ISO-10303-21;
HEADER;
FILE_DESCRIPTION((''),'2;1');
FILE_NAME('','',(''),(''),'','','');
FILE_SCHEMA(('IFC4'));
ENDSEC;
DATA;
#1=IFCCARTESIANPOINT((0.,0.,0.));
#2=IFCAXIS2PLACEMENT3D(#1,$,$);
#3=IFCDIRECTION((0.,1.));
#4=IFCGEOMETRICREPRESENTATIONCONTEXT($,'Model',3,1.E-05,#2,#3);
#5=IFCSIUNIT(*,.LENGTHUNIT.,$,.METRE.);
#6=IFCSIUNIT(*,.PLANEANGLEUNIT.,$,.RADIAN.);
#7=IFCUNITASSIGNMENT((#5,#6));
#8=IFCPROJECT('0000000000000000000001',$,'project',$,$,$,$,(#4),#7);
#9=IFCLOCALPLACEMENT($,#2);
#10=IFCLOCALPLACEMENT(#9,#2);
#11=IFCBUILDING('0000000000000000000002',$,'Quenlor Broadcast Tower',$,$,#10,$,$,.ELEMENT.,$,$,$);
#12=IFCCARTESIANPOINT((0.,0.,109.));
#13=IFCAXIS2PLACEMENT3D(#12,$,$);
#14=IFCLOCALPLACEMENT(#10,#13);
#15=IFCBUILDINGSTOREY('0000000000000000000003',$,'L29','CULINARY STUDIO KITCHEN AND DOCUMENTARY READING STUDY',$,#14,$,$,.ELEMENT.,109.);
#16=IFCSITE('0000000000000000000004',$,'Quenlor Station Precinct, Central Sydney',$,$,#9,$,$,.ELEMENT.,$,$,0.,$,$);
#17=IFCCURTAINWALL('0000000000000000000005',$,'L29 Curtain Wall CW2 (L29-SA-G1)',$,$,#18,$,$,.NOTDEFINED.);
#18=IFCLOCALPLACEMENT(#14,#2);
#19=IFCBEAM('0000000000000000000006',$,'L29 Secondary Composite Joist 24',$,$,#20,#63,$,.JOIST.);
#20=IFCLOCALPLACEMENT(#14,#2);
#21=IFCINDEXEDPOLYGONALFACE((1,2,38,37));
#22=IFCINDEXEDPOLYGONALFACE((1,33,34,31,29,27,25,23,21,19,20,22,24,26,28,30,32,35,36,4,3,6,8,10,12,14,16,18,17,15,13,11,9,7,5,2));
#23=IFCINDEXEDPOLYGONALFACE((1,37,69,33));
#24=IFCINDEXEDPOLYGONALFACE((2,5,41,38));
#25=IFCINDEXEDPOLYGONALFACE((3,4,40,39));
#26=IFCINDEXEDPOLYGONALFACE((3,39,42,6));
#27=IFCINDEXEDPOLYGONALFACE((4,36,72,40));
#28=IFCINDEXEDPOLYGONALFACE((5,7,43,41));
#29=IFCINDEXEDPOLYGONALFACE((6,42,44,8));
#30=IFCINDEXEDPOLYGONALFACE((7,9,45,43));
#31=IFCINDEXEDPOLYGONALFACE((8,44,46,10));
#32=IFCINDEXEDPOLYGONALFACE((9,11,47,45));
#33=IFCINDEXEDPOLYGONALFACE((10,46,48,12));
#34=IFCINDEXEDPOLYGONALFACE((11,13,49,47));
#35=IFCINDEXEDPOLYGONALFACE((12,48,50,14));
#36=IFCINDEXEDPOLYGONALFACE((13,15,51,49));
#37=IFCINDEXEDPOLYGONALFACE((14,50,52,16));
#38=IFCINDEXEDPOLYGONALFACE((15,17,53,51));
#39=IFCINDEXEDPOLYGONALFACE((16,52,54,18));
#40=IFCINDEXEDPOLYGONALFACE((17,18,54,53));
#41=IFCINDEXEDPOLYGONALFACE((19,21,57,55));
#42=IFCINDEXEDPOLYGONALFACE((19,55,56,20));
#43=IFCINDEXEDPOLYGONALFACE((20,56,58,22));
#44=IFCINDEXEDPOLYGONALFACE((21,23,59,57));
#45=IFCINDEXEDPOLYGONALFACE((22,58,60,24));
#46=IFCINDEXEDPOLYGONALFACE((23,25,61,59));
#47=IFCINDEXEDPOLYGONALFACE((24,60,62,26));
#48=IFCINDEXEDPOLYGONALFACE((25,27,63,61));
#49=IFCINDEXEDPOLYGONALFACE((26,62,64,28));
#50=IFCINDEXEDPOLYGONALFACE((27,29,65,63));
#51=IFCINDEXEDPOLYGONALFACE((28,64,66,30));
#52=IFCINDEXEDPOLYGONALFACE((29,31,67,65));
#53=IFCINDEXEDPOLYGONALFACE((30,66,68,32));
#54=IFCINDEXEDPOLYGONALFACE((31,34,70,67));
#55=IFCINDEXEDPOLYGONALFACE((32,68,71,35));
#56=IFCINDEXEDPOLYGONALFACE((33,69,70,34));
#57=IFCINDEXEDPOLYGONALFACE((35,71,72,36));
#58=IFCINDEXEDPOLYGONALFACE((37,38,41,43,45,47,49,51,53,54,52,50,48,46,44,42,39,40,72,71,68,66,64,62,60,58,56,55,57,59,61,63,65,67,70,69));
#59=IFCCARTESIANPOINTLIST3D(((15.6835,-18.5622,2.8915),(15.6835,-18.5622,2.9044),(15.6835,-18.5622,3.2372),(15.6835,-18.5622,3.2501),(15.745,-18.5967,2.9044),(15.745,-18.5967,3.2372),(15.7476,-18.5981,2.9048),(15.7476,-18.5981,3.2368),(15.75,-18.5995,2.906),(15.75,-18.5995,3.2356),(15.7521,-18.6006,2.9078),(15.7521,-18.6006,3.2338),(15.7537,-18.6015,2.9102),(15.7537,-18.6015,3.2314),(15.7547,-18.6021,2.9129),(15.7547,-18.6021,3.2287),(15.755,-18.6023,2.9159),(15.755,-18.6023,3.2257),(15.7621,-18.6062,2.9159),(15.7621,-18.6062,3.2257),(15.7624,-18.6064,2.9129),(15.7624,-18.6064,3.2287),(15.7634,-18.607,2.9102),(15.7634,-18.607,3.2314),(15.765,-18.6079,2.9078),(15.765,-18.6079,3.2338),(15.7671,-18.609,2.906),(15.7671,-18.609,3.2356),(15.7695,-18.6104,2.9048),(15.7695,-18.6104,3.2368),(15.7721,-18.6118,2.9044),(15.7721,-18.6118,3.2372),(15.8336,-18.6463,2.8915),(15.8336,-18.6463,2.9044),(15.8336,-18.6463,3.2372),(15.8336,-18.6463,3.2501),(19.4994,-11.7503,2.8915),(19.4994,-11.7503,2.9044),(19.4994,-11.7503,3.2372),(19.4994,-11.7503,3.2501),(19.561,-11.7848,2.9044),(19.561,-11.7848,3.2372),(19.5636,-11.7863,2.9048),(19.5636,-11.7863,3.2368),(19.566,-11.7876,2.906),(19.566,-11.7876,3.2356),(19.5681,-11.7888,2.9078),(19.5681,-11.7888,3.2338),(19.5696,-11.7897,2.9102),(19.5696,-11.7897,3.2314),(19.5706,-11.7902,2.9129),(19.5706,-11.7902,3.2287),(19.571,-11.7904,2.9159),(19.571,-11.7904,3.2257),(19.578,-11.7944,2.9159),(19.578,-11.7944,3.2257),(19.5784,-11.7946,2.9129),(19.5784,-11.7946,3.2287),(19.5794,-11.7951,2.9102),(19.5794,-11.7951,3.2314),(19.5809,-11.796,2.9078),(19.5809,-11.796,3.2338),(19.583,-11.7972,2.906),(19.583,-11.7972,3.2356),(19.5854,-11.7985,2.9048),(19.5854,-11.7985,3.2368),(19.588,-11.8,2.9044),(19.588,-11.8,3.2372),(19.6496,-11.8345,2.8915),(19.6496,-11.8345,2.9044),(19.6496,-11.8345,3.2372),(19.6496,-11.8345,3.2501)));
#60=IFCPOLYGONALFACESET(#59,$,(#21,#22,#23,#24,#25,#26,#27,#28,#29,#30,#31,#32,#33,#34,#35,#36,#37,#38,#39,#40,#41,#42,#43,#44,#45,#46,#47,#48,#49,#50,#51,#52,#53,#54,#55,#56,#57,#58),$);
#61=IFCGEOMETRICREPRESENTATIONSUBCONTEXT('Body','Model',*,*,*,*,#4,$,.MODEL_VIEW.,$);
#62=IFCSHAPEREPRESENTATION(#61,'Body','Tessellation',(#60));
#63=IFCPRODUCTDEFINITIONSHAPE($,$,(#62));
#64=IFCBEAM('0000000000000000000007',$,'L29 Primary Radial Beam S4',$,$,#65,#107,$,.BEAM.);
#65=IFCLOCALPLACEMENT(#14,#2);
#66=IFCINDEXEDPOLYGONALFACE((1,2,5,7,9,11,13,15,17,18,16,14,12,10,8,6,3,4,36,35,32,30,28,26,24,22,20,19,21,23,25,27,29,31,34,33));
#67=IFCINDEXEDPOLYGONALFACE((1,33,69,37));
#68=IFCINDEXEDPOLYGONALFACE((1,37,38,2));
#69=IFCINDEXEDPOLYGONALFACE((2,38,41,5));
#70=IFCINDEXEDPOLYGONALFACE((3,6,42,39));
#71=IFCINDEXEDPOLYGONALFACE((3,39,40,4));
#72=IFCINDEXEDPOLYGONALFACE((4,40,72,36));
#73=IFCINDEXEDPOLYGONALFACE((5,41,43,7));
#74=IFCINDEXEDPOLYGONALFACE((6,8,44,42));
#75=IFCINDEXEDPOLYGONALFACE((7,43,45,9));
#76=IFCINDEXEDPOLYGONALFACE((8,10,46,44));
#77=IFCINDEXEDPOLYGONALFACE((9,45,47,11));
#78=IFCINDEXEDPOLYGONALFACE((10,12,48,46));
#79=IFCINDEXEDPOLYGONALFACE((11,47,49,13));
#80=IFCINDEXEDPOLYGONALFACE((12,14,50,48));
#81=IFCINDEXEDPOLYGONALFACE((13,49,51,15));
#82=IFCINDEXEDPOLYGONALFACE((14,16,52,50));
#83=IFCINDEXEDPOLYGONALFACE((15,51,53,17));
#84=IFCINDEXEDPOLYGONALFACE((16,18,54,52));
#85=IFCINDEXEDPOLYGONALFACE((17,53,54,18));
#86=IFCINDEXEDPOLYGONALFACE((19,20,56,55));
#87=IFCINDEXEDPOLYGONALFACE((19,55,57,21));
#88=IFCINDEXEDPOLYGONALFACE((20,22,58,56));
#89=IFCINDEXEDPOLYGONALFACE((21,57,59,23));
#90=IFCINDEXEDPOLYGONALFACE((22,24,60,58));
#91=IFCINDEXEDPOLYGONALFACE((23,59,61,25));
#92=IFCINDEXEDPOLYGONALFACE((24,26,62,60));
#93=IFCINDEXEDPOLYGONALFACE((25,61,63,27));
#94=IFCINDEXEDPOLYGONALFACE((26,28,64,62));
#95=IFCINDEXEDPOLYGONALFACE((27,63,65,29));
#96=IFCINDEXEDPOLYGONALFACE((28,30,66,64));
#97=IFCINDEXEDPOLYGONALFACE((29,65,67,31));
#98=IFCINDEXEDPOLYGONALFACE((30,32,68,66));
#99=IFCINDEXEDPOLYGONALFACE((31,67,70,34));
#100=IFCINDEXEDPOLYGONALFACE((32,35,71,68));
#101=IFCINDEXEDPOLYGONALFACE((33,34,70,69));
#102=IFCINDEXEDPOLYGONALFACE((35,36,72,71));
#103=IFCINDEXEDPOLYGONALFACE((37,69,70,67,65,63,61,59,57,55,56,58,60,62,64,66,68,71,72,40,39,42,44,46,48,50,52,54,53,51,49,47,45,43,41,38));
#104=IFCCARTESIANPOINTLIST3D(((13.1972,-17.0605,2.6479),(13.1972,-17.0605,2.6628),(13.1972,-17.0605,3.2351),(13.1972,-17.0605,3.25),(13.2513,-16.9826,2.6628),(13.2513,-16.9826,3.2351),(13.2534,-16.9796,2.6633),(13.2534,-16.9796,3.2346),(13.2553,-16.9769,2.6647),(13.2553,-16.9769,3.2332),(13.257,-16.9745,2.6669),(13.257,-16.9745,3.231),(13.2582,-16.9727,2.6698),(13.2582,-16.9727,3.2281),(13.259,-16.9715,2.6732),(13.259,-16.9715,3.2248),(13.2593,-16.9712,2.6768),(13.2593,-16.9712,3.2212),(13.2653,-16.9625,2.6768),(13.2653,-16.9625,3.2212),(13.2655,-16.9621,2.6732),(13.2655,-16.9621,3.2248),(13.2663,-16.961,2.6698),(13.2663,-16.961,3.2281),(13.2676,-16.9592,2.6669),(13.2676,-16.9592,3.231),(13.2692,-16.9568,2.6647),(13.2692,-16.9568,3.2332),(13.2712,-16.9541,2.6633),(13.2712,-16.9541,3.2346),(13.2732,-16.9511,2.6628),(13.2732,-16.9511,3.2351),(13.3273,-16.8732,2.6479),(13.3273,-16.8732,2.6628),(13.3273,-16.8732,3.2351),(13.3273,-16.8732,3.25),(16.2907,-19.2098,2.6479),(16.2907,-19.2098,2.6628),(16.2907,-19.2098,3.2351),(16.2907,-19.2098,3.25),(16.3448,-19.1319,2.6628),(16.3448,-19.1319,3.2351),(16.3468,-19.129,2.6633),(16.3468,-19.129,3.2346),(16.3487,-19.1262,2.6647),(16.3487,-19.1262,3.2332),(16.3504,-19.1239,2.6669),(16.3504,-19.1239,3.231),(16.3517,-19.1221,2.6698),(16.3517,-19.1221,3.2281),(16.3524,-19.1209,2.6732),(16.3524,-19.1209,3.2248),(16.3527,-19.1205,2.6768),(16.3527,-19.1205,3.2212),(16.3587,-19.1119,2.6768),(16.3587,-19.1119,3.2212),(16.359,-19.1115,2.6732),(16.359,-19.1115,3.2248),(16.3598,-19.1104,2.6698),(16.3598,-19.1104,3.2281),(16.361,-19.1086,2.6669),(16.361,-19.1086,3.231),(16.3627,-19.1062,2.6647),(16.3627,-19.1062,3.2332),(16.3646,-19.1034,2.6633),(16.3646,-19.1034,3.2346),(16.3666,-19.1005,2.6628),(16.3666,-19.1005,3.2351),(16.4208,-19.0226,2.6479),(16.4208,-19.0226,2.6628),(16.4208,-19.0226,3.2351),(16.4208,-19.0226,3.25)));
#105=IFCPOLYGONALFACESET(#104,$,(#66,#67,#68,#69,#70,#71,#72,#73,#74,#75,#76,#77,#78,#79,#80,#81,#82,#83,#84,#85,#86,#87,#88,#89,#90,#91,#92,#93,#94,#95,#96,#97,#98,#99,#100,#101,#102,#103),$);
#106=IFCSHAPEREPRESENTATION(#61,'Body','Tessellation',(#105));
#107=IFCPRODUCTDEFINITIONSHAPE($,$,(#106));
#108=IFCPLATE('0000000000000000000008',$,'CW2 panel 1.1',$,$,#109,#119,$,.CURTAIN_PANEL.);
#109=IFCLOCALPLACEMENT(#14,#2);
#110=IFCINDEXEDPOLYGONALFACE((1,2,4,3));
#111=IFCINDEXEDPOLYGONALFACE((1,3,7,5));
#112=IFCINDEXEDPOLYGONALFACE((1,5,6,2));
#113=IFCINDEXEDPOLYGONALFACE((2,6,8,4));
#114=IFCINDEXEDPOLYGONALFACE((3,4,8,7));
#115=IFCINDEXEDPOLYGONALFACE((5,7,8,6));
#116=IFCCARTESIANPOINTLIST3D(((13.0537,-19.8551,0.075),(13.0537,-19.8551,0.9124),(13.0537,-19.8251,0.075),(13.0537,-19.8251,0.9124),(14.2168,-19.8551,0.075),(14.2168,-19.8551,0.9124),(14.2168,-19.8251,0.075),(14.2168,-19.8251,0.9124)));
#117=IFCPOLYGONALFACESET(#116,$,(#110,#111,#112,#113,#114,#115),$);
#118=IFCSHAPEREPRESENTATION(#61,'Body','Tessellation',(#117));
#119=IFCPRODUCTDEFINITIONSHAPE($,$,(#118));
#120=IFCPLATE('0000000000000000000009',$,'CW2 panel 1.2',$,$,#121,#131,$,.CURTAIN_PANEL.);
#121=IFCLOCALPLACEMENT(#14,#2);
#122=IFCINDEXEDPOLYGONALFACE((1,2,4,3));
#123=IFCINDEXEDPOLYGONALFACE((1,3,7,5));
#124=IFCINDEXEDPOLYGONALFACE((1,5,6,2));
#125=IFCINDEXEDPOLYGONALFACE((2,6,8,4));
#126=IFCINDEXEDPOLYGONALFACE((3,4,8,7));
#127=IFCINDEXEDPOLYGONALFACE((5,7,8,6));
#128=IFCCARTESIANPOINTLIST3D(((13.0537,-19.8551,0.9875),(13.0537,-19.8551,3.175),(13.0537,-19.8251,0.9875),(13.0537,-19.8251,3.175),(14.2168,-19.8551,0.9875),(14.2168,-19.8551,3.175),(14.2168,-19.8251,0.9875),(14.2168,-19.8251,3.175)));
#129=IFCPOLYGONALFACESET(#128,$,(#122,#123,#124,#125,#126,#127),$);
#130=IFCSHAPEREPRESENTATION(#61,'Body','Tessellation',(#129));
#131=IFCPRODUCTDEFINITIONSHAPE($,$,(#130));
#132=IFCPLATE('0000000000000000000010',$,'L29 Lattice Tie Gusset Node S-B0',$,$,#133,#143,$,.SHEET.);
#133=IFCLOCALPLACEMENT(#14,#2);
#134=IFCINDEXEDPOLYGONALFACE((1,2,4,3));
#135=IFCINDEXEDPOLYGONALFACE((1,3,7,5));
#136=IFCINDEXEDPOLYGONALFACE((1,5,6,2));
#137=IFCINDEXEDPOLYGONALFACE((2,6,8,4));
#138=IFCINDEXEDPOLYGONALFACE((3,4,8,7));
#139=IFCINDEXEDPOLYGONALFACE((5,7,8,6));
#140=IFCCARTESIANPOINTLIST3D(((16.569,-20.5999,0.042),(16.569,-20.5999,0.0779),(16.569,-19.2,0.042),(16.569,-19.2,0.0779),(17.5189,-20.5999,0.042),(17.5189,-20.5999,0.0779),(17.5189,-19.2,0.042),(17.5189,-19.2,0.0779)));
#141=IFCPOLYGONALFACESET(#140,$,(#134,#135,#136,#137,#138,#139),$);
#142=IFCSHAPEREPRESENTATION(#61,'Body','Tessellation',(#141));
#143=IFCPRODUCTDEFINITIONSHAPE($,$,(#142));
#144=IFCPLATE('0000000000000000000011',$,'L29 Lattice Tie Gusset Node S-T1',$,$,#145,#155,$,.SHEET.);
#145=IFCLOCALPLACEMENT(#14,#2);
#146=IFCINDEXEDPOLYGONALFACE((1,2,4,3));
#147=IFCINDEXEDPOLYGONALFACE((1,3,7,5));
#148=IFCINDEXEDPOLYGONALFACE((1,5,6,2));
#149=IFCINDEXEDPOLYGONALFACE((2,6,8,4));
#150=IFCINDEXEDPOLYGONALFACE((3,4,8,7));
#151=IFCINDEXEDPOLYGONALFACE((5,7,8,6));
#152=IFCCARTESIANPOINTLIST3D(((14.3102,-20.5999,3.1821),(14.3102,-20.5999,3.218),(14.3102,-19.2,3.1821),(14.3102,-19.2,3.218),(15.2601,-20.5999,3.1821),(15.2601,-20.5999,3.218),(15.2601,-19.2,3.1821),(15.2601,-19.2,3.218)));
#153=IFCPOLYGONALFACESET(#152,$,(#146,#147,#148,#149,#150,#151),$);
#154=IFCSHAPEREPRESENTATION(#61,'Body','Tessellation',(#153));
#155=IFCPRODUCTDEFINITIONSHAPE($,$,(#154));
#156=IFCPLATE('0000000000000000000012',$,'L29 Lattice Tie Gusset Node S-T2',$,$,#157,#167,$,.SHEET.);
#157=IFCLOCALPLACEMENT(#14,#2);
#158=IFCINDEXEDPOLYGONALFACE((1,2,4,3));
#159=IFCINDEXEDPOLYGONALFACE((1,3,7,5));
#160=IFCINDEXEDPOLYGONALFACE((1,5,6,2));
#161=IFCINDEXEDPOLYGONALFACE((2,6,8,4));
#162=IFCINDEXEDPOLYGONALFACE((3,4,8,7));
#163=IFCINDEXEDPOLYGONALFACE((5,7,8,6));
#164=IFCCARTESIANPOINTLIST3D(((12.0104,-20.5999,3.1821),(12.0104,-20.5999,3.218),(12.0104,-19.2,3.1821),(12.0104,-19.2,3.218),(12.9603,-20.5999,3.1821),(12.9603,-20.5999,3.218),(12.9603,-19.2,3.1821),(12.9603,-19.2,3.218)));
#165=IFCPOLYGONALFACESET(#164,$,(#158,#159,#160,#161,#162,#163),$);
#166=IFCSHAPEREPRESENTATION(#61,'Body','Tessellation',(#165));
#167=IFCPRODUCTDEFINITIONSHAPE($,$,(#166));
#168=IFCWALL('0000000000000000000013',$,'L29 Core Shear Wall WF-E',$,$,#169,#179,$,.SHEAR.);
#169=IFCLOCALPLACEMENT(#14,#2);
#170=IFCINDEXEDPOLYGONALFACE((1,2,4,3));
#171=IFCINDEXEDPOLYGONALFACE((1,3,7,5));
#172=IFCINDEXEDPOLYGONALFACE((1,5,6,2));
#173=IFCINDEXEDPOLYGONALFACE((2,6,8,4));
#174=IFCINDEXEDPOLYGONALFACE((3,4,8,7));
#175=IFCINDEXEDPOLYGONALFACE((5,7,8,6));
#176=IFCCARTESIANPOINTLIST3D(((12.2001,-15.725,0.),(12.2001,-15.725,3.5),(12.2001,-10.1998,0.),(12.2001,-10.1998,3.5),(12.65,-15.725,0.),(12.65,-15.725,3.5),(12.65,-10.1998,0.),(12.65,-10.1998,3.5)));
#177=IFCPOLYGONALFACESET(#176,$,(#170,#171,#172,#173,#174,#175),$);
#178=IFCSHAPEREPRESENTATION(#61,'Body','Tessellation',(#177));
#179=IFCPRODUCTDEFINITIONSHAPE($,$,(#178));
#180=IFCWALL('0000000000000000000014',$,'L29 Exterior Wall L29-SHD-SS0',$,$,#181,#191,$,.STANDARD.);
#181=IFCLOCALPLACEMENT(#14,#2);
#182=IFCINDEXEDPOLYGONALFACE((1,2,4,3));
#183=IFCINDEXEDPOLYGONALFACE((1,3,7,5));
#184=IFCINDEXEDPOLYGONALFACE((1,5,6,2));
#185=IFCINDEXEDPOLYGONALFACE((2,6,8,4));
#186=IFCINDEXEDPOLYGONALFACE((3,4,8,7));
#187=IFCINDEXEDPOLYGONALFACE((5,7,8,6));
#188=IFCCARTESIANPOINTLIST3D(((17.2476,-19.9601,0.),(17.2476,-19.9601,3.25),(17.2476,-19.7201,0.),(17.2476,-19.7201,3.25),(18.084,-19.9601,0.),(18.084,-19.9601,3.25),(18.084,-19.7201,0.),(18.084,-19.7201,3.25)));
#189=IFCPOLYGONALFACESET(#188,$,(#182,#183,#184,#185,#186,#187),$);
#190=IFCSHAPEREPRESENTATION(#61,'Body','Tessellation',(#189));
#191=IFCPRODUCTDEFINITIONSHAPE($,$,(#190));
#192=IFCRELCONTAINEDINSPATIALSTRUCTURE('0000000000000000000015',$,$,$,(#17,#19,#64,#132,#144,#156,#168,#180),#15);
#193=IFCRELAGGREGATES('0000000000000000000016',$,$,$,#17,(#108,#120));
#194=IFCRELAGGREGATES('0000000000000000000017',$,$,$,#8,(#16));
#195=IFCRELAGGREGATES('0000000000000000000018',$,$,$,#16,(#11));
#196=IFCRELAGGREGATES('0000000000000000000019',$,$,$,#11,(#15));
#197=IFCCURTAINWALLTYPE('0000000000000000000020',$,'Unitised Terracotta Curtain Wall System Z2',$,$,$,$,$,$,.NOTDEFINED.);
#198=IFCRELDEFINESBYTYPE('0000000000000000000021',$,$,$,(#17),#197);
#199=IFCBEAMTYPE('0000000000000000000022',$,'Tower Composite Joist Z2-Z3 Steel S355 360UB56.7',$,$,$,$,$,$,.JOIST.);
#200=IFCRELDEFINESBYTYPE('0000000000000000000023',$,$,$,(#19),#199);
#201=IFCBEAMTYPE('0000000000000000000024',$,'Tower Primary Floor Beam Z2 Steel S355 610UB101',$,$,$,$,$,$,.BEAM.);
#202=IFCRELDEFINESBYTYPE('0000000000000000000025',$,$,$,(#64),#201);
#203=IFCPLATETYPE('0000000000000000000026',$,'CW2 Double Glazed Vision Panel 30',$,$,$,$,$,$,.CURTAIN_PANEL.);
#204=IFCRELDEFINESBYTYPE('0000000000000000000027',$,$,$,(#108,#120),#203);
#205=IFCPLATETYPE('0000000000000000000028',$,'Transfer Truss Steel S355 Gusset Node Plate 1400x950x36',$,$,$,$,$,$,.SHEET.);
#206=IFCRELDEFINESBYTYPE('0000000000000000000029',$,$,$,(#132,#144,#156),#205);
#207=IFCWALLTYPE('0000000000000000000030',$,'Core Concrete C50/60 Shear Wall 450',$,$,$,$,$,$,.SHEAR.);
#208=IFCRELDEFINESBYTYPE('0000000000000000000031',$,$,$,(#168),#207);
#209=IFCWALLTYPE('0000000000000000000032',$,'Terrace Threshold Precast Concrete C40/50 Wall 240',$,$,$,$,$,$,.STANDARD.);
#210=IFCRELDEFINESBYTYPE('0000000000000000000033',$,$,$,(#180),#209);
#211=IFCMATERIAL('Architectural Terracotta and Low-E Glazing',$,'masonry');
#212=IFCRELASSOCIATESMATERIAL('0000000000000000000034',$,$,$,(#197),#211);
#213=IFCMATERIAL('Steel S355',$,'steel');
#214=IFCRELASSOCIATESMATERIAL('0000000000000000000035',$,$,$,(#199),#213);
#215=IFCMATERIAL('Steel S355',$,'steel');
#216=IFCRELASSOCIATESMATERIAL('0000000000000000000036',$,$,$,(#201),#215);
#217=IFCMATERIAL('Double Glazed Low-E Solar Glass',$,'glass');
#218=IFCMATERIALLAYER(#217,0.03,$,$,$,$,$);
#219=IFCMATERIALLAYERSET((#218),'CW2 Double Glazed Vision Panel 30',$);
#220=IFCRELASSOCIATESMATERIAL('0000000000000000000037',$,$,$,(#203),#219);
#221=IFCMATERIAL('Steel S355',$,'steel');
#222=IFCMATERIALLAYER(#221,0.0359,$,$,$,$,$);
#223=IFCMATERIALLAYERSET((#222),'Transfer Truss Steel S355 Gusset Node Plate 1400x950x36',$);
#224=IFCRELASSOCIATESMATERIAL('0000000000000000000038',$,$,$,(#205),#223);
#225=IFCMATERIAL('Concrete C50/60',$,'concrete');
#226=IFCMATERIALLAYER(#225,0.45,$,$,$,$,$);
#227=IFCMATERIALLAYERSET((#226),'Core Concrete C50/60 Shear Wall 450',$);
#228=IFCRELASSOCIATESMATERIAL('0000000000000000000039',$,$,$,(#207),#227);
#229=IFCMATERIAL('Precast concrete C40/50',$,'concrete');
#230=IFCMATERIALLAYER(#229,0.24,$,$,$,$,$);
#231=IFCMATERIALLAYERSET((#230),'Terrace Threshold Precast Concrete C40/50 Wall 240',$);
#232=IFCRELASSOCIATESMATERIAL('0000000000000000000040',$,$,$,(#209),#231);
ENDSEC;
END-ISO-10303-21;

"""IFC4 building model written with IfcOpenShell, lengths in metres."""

from ifc_helpers import new_model, si_unit, direction, frame, frame_2d, origin, origin_2d, place, context, subcontext, project, spatial, rectangle, i_section, extrude, material, layer, layer_set, material_profile, profile_set, type_object, element, aggregate, save


model = new_model("IFC4")

# Units and contexts
model_context = context("Model", 3, precision=1e-05, world=origin(), true_north=direction((0.0, 1.0)))
body_context = subcontext(model_context, "Body", "Model", "MODEL_VIEW")
ifc_project = project(units=[si_unit("LENGTHUNIT", "METRE"), si_unit("PLANEANGLEUNIT", "RADIAN")], contexts=[model_context])

# Site, building, storey
site_placement = place(None, origin())
site = spatial("IfcSite", under=ifc_project, at=site_placement, Name="Quenlor Station Precinct, Central Sydney", CompositionType="ELEMENT", RefElevation=0.0)
building_placement = place(site_placement, origin())
building = spatial("IfcBuilding", under=site, at=building_placement, Name="Quenlor Broadcast Tower", CompositionType="ELEMENT")
storey_placement = place(building_placement, frame((0.0, 0.0, 109.0)))
storey = spatial("IfcBuildingStorey", under=building, at=storey_placement, Name="L29", Description="CULINARY STUDIO KITCHEN AND DOCUMENTARY READING STUDY", CompositionType="ELEMENT", Elevation=109.0)

# Curtain wall
ifc_material_1 = material(Name="Architectural Terracotta and Low-E Glazing", Category="masonry")
curtain_wall_type = type_object("IfcCurtainWallType", Name="Unitised Terracotta Curtain Wall System Z2", PredefinedType="NOTDEFINED", material=ifc_material_1)
curtain_wall_placement = place(storey_placement, origin())
curtain_wall = element("IfcCurtainWall", 1, at=curtain_wall_placement, inside=storey, type_object=curtain_wall_type, Name="L29 Curtain Wall CW2 (L29-SA-G1)", PredefinedType="NOTDEFINED")

# Beams
ifc_material_2 = material(Name="Steel S355", Category="steel")
ifc_material_profile_1 = material_profile(ifc_material_2, i_section(OverallWidth=0.1721, OverallDepth=0.3586, WebThickness=0.0081, FlangeThickness=0.0129, FilletRadius=0.0115, at=origin_2d()))
ifc_profile_set_1 = profile_set([ifc_material_profile_1], Name="Steel S355 360UB56.7")
beam_type_1 = type_object("IfcBeamType", Name="Tower Composite Joist Z2-Z3 Steel S355 360UB56.7", PredefinedType="JOIST", material=ifc_profile_set_1)
beam_1_placement = place(storey_placement, frame((15.7585, -18.6042, 3.0708), z_axis=(0.488733, 0.872433, 0.0), x_axis=(-0.872433, 0.488733, 0.0)))
element("IfcBeam", 2, at=beam_1_placement, inside=storey, type_object=beam_type_1, Name="L29 Secondary Composite Joist 24", PredefinedType="JOIST", context=body_context, shape_type="SweptSolid", body=[
    extrude(i_section(OverallWidth=0.1721, OverallDepth=0.3586, WebThickness=0.0081, FlangeThickness=0.0129, FilletRadius=0.0115, at=origin_2d()), origin(), (0.0, 0.0, 1.0), 7.8079),
])
ifc_material_3 = material(Name="Steel S355", Category="steel")
ifc_material_profile_2 = material_profile(ifc_material_3, i_section(OverallWidth=0.228, OverallDepth=0.6021, WebThickness=0.0105, FlangeThickness=0.0149, FilletRadius=0.0139, at=origin_2d()))
ifc_profile_set_2 = profile_set([ifc_material_profile_2], Name="Steel S355 610UB101")
beam_type_2 = type_object("IfcBeamType", Name="Tower Primary Floor Beam Z2 Steel S355 610UB101", PredefinedType="BEAM", material=ifc_profile_set_2)
beam_2_placement = place(storey_placement, frame((16.3557, -19.1162, 2.949), z_axis=(-0.821227, 0.570601, 0.0), x_axis=(-0.570601, -0.821227, 0.0)))
element("IfcBeam", 3, at=beam_2_placement, inside=storey, type_object=beam_type_2, Name="L29 Primary Radial Beam S4", PredefinedType="BEAM", context=body_context, shape_type="SweptSolid", body=[
    extrude(i_section(OverallWidth=0.228, OverallDepth=0.6021, WebThickness=0.0105, FlangeThickness=0.0149, FilletRadius=0.0139, at=origin_2d()), origin(), (0.0, 0.0, 1.0), 3.7668),
])

# Plates
ifc_material_4 = material(Name="Double Glazed Low-E Solar Glass", Category="glass")
ifc_layer_1 = layer(ifc_material_4, 0.03)
ifc_layer_set_1 = layer_set([ifc_layer_1], Name="CW2 Double Glazed Vision Panel 30")
plate_type_1 = type_object("IfcPlateType", Name="CW2 Double Glazed Vision Panel 30", PredefinedType="CURTAIN_PANEL", material=ifc_layer_set_1)
plate_1_placement = place(storey_placement, frame((13.6353, -19.8401, 0.075), z_axis=(0.0, 0.0, 1.0), x_axis=(-1.0, 0.0, 0.0)))
plate_1 = element("IfcPlate", 4, at=plate_1_placement, type_object=plate_type_1, Name="CW2 panel 1.1", PredefinedType="CURTAIN_PANEL", context=body_context, shape_type="SweptSolid", body=[
    extrude(rectangle(XDim=1.1631, YDim=0.03, at=origin_2d()), origin(), (0.0, 0.0, 1.0), 0.8374),
])
plate_2_placement = place(storey_placement, frame((13.6353, -19.8401, 0.9875), z_axis=(0.0, 0.0, 1.0), x_axis=(-1.0, 0.0, 0.0)))
plate_2 = element("IfcPlate", 5, at=plate_2_placement, type_object=plate_type_1, Name="CW2 panel 1.2", PredefinedType="CURTAIN_PANEL", context=body_context, shape_type="SweptSolid", body=[
    extrude(rectangle(XDim=1.1631, YDim=0.03, at=origin_2d()), origin(), (0.0, 0.0, 1.0), 2.1875),
])
aggregate(curtain_wall, [plate_1, plate_2])

# Plates
ifc_material_5 = material(Name="Steel S355", Category="steel")
ifc_layer_2 = layer(ifc_material_5, 0.0359)
ifc_layer_set_2 = layer_set([ifc_layer_2], Name="Transfer Truss Steel S355 Gusset Node Plate 1400x950x36")
plate_type_2 = type_object("IfcPlateType", Name="Transfer Truss Steel S355 Gusset Node Plate 1400x950x36", PredefinedType="SHEET", material=ifc_layer_set_2)
for number, where, z_axis, x_axis, name in (
    (6, (17.0439, -19.8999, 0.042), (0.0, 0.0, 1.0), (0.0, -1.0, 0.0), "L29 Lattice Tie Gusset Node S-B0"),
    (7, (14.7852, -19.8999, 3.1821), (0.0, 0.0, 1.0), (0.0, -1.0, 0.0), "L29 Lattice Tie Gusset Node S-T1"),
    (8, (12.4854, -19.8999, 3.1821), (0.0, 0.0, 1.0), (0.0, -1.0, 0.0), "L29 Lattice Tie Gusset Node S-T2"),
):
    element("IfcPlate", number, at=place(storey_placement, frame(where, z_axis=z_axis, x_axis=x_axis)), inside=storey, type_object=plate_type_2, Name=name, PredefinedType="SHEET", context=body_context, shape_type="SweptSolid", body=[
        extrude(rectangle(XDim=1.3999, YDim=0.95, at=origin_2d()), origin(), (0.0, 0.0, 1.0), 0.0359),
    ])

# Walls
ifc_material_6 = material(Name="Concrete C50/60", Category="concrete")
ifc_layer_3 = layer(ifc_material_6, 0.45)
ifc_layer_set_3 = layer_set([ifc_layer_3], Name="Core Concrete C50/60 Shear Wall 450")
wall_type_1 = type_object("IfcWallType", Name="Core Concrete C50/60 Shear Wall 450", PredefinedType="SHEAR", material=ifc_layer_set_3)
wall_1_placement = place(storey_placement, frame((12.425, -15.7251, 0.0), z_axis=(0.0, 0.0, 1.0), x_axis=(0.0, 1.0, 0.0)))
element("IfcWall", 9, at=wall_1_placement, inside=storey, type_object=wall_type_1, Name="L29 Core Shear Wall WF-E", PredefinedType="SHEAR", context=body_context, shape_type="SweptSolid", body=[
    extrude(rectangle(XDim=5.5251, YDim=0.45, at=frame_2d((2.7627, 0.0))), origin(), (0.0, 0.0, 1.0), 3.5),
])
ifc_material_7 = material(Name="Precast concrete C40/50", Category="concrete")
ifc_layer_4 = layer(ifc_material_7, 0.24)
ifc_layer_set_4 = layer_set([ifc_layer_4], Name="Terrace Threshold Precast Concrete C40/50 Wall 240")
wall_type_2 = type_object("IfcWallType", Name="Terrace Threshold Precast Concrete C40/50 Wall 240", PredefinedType="STANDARD", material=ifc_layer_set_4)
wall_2_placement = place(storey_placement, frame((18.084, -19.8401, 0.0), z_axis=(0.0, 0.0, 1.0), x_axis=(-1.0, 0.0, 0.0)))
element("IfcWall", 10, at=wall_2_placement, inside=storey, type_object=wall_type_2, Name="L29 Exterior Wall L29-SHD-SS0", PredefinedType="STANDARD", context=body_context, shape_type="SweptSolid", body=[
    extrude(rectangle(XDim=0.8364, YDim=0.24, at=frame_2d((0.4182, 0.0))), origin(), (0.0, 0.0, 1.0), 3.25),
])

save(model, "model.ifc")
